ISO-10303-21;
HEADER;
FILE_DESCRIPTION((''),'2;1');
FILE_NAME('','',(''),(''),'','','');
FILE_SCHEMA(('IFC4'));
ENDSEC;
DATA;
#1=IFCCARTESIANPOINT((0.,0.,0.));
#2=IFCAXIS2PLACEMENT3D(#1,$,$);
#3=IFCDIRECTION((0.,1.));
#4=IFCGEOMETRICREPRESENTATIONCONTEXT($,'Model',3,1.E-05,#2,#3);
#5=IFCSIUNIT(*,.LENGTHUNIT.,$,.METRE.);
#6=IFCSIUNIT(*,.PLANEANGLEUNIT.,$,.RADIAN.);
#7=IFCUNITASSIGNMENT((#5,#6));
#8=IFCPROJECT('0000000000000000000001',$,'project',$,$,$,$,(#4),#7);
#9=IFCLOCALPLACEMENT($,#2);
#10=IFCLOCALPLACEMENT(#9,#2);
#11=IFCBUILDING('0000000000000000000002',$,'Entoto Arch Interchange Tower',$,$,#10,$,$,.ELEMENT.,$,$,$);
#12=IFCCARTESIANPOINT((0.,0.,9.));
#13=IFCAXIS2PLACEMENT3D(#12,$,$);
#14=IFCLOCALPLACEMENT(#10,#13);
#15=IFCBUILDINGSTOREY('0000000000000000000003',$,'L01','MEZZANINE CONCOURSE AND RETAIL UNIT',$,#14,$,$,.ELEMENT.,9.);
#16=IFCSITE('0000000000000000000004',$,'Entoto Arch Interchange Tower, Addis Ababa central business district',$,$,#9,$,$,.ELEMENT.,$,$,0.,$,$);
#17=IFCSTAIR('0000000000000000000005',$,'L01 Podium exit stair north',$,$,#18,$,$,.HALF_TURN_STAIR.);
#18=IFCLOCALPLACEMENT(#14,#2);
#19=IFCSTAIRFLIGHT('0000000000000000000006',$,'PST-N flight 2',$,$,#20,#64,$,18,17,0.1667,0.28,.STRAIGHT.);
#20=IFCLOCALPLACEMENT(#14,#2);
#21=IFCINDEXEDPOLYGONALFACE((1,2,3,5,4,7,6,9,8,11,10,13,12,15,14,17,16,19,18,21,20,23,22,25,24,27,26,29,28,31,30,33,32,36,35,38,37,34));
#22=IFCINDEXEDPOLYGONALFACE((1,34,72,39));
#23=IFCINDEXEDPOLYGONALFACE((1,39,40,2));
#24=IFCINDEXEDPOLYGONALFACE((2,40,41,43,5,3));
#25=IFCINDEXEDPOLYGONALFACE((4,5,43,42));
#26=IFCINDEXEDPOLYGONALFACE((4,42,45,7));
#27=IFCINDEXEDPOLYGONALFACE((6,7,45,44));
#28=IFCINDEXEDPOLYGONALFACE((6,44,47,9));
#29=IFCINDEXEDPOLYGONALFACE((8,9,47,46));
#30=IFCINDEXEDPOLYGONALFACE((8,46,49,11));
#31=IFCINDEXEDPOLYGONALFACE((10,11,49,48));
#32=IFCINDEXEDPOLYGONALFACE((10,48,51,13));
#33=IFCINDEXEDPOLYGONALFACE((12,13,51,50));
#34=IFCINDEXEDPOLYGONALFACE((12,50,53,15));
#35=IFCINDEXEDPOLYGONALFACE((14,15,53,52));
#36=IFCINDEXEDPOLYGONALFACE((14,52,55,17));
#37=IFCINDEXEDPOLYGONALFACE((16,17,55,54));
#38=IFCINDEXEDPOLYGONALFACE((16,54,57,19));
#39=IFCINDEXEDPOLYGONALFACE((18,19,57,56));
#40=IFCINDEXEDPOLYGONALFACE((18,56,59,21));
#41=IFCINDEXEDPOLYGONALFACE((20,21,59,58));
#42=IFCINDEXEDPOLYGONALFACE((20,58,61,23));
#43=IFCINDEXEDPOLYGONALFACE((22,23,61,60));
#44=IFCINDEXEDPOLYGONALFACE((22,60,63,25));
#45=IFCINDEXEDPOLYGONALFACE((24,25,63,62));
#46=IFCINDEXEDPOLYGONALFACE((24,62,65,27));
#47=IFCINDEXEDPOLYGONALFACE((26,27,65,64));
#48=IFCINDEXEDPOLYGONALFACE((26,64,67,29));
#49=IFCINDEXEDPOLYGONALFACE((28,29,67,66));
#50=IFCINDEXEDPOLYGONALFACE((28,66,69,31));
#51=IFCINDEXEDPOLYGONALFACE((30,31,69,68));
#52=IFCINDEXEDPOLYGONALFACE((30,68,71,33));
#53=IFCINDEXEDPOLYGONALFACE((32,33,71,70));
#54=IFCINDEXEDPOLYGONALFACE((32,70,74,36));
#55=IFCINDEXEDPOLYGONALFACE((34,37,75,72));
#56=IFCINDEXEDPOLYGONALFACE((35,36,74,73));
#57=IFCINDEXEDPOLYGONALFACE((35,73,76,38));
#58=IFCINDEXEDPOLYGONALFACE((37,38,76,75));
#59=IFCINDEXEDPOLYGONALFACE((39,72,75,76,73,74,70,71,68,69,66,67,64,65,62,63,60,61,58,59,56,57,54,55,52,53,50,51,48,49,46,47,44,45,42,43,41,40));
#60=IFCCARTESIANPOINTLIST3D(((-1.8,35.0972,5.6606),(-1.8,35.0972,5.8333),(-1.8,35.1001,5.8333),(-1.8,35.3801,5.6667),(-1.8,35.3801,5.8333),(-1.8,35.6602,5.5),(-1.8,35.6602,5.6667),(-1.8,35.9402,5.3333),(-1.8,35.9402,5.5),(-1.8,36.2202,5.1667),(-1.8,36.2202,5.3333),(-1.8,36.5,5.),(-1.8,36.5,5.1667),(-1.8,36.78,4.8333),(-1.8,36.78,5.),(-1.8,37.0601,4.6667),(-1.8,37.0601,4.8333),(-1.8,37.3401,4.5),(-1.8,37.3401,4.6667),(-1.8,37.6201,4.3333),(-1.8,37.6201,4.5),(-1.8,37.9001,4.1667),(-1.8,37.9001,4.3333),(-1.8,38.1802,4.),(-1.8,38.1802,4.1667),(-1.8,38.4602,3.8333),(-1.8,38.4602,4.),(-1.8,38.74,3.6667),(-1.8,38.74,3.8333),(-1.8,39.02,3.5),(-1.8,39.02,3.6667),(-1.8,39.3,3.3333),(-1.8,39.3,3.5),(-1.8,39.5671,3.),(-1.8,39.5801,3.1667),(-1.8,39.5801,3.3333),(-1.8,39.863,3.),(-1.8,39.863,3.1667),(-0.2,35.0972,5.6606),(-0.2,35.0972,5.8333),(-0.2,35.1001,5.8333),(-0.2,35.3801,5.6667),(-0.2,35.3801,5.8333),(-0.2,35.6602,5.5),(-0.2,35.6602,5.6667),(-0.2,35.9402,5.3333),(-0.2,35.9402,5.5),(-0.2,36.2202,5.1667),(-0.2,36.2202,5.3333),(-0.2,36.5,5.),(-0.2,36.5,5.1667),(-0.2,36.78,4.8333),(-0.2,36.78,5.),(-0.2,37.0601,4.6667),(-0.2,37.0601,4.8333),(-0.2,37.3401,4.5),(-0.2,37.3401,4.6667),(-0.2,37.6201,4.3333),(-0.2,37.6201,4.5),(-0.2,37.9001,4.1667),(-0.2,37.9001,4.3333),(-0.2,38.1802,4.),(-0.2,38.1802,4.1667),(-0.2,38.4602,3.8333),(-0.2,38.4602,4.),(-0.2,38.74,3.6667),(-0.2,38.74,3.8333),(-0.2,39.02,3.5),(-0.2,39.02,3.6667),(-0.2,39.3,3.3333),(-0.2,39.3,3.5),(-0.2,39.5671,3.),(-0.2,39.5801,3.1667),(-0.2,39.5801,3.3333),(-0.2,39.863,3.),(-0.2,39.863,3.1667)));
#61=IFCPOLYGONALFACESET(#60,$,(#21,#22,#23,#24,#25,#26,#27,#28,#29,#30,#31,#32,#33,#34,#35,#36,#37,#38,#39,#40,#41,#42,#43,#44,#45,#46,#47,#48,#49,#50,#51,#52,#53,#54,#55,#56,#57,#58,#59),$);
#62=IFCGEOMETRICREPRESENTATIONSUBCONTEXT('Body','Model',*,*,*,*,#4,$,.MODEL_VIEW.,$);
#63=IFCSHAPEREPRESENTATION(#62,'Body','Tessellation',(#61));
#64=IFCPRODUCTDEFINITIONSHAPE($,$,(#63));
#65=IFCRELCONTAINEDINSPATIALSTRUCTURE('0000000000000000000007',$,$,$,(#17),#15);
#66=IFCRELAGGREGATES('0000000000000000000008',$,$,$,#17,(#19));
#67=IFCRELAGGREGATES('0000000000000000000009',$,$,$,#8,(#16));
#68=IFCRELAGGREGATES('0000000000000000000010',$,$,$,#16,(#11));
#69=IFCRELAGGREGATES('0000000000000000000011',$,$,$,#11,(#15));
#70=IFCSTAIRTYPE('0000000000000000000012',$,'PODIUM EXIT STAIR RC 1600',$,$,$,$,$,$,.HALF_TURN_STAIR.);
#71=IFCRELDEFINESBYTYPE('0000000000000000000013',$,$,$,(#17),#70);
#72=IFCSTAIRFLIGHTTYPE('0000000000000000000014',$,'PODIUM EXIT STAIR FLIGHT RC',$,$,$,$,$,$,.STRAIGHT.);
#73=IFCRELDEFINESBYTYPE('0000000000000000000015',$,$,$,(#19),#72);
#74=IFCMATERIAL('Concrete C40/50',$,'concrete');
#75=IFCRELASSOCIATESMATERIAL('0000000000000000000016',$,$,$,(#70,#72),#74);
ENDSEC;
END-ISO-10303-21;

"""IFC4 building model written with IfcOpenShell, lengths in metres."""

from ifc_helpers import new_model, si_unit, direction, frame, origin, place, context, subcontext, project, spatial, polyline, outline, extrude, material, type_object, element, aggregate, save


model = new_model("IFC4")

# Units and contexts
model_context = context("Model", 3, precision=1e-05, world=origin(), true_north=direction((0.0, 1.0)))
body_context = subcontext(model_context, "Body", "Model", "MODEL_VIEW")
ifc_project = project(units=[si_unit("LENGTHUNIT", "METRE"), si_unit("PLANEANGLEUNIT", "RADIAN")], contexts=[model_context])

# Site, building, storey
site_placement = place(None, origin())
site = spatial("IfcSite", under=ifc_project, at=site_placement, Name="Entoto Arch Interchange Tower, Addis Ababa central business district", CompositionType="ELEMENT", RefElevation=0.0)
building_placement = place(site_placement, origin())
building = spatial("IfcBuilding", under=site, at=building_placement, Name="Entoto Arch Interchange Tower", CompositionType="ELEMENT")
storey_placement = place(building_placement, frame((0.0, 0.0, 9.0)))
storey = spatial("IfcBuildingStorey", under=building, at=storey_placement, Name="L01", Description="MEZZANINE CONCOURSE AND RETAIL UNIT", CompositionType="ELEMENT", Elevation=9.0)

# Stair, stair flight
ifc_material_1 = material(Name="Concrete C40/50", Category="concrete")
stair_type = type_object("IfcStairType", Name="PODIUM EXIT STAIR RC 1600", PredefinedType="HALF_TURN_STAIR", material=ifc_material_1)
stair_placement = place(storey_placement, origin())
stair = element("IfcStair", 1, at=stair_placement, inside=storey, type_object=stair_type, Name="L01 Podium exit stair north", PredefinedType="HALF_TURN_STAIR")
stair_flight_type = type_object("IfcStairFlightType", Name="PODIUM EXIT STAIR FLIGHT RC", PredefinedType="STRAIGHT", material=ifc_material_1)
stair_flight_placement = place(storey_placement, frame((-1.0, 39.8601, 3.0), z_axis=(0.0, 0.0, 1.0), x_axis=(0.0, -1.0, 0.0)))
stair_flight = element("IfcStairFlight", 2, at=stair_flight_placement, type_object=stair_flight_type, Name="PST-N flight 2", NumberOfRisers=18, NumberOfTreads=17, PredefinedType="STRAIGHT", RiserHeight=0.1667, TreadLength=0.28, context=body_context, shape_type="SweptSolid", body=[
    extrude(outline(polyline([(-0.0029, 0.0), (-0.0029, 0.1667), (0.28, 0.1667), (0.28, 0.3333), (0.5601, 0.3333), (0.5601, 0.5), (0.8401, 0.5), (0.8401, 0.6667), (1.1201, 0.6667), (1.1201, 0.8333), (1.3999, 0.8333), (1.3999, 1.0), (1.6799, 1.0), (1.6799, 1.1667), (1.96, 1.1667), (1.96, 1.3333), (2.24, 1.3333), (2.24, 1.5), (2.52, 1.5), (2.52, 1.6667), (2.8, 1.6667), (2.8, 1.8333), (3.0801, 1.8333), (3.0801, 2.0), (3.3601, 2.0), (3.3601, 2.1667), (3.6399, 2.1667), (3.6399, 2.3333), (3.9199, 2.3333), (3.9199, 2.5), (4.2, 2.5), (4.2, 2.6667), (4.48, 2.6667), (4.48, 2.8333), (4.76, 2.8333), (4.7629, 2.8333), (4.7629, 2.6606), (0.293, 0.0), (-0.0029, 0.0)])), frame((0.0, 0.8, 0.0), z_axis=(0.0, -1.0, 0.0), x_axis=(1.0, 0.0, 0.0)), (0.0, 0.0, 1.0), 1.6001),
])
aggregate(stair, [stair_flight])

save(model, "model.ifc")
